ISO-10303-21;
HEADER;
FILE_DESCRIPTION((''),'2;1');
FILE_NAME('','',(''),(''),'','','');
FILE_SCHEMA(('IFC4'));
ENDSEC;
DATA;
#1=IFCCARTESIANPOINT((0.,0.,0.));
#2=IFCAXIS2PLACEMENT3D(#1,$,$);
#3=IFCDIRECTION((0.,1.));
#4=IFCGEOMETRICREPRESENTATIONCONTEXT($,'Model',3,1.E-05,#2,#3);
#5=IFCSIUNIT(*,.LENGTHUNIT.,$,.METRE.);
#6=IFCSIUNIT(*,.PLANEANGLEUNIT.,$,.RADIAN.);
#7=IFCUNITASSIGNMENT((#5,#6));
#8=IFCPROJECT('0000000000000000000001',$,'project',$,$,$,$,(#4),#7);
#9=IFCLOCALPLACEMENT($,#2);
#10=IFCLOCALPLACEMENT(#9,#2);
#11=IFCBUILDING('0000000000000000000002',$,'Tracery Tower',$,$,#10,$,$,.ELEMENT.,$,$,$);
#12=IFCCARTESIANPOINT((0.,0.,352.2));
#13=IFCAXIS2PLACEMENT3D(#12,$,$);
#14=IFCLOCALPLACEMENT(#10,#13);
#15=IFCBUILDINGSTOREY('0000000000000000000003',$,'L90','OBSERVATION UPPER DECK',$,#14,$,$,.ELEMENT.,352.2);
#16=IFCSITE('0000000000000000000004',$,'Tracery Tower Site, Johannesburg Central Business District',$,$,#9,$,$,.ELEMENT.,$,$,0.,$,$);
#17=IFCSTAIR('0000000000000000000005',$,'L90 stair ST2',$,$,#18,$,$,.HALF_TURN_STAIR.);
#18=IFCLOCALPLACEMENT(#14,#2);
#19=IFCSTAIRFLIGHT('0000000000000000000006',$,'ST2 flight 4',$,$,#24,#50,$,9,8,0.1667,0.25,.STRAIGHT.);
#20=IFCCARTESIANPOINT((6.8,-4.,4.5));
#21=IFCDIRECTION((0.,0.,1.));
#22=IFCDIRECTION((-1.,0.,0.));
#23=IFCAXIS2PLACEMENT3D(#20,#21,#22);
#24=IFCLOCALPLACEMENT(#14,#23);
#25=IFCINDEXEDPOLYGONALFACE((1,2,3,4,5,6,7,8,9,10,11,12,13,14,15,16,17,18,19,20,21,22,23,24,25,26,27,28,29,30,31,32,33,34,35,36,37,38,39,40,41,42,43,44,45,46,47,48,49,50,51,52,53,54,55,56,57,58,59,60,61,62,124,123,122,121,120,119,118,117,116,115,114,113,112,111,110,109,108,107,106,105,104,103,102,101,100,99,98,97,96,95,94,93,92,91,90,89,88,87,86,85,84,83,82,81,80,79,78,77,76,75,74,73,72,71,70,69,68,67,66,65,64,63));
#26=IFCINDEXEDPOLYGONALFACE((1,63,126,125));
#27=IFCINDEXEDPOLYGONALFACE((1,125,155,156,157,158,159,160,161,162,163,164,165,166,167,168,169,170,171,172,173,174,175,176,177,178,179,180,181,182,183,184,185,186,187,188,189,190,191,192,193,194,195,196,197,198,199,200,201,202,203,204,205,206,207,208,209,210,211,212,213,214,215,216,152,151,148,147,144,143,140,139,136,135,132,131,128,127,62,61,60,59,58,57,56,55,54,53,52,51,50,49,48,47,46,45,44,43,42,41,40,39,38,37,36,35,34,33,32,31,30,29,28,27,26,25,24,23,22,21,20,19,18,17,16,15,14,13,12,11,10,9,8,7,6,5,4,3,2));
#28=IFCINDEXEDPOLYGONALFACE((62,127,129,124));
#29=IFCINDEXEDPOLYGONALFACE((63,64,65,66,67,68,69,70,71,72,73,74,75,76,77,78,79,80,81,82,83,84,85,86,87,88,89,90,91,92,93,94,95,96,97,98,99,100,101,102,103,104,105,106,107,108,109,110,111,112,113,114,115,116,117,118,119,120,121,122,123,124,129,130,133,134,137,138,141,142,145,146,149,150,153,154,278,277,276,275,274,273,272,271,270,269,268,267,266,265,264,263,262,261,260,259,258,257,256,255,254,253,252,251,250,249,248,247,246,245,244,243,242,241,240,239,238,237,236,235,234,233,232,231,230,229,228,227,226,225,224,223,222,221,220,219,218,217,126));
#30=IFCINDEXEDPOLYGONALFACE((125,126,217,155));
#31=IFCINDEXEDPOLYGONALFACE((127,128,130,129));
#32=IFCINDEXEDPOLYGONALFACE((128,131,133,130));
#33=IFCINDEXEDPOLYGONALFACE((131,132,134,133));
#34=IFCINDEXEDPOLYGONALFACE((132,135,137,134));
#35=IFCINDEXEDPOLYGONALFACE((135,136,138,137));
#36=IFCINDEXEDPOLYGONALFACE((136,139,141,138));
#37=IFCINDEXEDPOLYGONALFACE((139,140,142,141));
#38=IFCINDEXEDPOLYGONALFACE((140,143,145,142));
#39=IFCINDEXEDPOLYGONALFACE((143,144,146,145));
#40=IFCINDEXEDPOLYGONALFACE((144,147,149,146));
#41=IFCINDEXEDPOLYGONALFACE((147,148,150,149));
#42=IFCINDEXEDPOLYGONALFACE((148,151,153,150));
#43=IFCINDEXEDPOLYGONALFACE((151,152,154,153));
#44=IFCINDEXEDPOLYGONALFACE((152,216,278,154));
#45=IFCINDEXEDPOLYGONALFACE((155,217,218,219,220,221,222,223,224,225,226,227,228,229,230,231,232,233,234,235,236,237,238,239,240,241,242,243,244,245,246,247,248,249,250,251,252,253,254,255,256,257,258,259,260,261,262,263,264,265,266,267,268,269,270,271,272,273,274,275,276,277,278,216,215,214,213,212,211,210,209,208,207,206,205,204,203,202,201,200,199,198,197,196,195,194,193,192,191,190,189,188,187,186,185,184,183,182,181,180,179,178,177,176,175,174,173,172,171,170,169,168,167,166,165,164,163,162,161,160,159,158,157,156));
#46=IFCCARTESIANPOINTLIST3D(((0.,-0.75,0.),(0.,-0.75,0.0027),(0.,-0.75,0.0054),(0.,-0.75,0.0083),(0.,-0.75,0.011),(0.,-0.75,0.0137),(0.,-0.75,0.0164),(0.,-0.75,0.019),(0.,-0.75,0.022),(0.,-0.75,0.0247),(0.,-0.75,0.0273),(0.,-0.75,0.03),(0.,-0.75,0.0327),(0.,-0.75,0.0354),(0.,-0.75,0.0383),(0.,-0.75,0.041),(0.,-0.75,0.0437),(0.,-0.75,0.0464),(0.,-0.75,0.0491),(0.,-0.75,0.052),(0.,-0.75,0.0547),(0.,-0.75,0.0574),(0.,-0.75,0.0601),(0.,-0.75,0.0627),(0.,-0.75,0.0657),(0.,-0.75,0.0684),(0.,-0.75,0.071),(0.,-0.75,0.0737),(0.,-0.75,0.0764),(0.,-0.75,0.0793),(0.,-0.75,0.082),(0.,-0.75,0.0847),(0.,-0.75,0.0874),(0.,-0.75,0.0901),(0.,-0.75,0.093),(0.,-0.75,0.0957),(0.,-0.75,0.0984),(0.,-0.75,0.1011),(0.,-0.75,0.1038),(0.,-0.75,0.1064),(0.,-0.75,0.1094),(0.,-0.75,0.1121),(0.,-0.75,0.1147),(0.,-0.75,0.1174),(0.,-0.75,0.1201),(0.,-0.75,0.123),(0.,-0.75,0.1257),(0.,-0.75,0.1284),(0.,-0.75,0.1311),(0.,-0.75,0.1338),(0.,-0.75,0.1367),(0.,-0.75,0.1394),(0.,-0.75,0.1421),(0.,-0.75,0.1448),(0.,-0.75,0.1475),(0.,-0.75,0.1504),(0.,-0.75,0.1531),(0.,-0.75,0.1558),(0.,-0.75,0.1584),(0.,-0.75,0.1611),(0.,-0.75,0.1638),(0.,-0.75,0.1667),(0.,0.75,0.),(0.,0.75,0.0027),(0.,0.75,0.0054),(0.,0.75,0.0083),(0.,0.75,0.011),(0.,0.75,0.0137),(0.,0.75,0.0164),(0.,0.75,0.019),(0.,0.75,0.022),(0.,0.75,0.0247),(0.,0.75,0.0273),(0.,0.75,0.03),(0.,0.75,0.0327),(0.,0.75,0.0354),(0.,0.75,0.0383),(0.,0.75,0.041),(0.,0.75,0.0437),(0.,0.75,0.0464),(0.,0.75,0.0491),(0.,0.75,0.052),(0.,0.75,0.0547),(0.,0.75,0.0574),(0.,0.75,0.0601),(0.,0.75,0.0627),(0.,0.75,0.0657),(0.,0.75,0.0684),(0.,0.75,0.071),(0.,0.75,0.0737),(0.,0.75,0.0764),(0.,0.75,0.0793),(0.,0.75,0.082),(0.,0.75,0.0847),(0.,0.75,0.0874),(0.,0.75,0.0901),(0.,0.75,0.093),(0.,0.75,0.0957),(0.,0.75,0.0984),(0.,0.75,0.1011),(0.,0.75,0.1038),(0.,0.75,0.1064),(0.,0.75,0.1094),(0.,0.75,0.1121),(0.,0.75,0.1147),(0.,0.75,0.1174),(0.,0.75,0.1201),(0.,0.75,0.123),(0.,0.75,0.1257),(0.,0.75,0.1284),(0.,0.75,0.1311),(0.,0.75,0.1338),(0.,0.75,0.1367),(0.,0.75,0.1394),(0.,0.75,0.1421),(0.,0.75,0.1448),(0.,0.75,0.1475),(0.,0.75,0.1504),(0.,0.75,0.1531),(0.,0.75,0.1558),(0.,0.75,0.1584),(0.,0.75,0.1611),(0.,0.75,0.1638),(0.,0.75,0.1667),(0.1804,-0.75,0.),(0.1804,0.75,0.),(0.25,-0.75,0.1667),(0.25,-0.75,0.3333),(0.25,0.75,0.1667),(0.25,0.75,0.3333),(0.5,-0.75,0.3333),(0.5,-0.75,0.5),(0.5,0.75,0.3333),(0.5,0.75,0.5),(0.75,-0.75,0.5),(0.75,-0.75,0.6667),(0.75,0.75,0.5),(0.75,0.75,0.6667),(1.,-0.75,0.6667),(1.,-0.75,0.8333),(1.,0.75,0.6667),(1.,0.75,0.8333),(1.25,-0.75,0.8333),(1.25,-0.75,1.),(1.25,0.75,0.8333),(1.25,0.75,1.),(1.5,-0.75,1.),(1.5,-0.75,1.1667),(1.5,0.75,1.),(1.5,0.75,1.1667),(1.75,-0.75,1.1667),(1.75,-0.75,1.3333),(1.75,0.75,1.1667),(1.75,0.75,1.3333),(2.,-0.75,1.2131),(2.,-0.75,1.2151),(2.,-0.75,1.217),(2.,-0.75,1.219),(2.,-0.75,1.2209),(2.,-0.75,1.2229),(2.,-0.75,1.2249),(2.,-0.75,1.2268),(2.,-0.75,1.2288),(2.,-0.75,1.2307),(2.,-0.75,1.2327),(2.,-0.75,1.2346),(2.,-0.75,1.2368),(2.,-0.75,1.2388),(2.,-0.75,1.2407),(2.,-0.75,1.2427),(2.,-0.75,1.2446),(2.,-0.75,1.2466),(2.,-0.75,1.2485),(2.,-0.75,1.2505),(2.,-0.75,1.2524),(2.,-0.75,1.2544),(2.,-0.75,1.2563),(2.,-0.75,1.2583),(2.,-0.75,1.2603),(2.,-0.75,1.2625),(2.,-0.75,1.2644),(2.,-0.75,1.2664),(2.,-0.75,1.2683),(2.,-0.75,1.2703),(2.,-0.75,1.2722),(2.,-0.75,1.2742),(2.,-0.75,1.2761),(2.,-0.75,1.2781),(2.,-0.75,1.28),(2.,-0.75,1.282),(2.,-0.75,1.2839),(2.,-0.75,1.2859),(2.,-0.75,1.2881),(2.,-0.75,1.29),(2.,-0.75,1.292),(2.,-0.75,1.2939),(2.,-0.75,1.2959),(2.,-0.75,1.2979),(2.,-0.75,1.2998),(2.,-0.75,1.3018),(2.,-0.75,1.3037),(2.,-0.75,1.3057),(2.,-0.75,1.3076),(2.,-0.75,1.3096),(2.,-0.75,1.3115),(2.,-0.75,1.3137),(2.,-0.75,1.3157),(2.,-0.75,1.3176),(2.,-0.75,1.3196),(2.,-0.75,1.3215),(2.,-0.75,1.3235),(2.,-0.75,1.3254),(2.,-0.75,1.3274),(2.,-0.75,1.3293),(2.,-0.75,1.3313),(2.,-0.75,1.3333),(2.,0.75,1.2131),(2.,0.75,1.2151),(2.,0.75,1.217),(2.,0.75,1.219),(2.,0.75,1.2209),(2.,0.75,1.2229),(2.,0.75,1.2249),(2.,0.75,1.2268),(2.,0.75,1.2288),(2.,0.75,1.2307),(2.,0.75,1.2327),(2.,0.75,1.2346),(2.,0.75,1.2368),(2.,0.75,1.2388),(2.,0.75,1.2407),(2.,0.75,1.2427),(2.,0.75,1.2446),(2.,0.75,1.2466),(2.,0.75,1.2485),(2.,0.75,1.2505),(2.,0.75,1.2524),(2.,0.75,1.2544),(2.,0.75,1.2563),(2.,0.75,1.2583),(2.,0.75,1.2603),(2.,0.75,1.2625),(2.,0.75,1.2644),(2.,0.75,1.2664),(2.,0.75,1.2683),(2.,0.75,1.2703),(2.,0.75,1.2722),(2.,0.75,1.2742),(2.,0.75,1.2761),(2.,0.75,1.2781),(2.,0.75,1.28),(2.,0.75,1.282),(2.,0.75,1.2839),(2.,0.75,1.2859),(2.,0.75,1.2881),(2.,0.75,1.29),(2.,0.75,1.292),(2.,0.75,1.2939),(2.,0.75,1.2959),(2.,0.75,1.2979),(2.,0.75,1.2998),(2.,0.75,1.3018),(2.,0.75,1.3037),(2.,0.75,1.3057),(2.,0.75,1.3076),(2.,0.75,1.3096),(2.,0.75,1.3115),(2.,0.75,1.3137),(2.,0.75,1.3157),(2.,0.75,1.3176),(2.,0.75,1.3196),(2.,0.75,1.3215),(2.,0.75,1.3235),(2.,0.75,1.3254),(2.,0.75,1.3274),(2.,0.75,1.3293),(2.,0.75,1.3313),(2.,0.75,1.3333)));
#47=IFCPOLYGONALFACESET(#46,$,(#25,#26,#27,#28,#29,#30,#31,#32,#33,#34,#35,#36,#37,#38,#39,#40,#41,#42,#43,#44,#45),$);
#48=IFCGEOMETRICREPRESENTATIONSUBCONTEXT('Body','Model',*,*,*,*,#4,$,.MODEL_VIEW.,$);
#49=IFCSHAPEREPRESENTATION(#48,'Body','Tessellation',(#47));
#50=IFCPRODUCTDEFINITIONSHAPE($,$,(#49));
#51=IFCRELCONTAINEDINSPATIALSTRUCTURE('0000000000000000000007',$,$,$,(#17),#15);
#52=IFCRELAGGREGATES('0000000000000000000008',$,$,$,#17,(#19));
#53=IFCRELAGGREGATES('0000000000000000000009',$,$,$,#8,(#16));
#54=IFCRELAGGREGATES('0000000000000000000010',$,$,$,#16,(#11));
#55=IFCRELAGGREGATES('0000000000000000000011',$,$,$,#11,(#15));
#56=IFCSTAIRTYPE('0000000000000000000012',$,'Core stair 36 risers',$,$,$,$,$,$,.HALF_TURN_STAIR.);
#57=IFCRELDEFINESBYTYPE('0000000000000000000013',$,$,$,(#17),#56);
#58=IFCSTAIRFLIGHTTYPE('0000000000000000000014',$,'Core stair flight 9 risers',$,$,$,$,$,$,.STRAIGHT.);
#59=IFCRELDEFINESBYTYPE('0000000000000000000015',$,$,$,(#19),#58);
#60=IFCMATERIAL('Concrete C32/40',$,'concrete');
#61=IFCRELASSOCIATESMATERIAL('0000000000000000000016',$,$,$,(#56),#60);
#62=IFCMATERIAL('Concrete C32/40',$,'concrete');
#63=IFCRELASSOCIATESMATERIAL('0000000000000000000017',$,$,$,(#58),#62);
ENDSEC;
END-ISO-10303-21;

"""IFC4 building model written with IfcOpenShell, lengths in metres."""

from ifc_helpers import new_model, si_unit, direction, frame, origin, place, context, subcontext, project, spatial, polyline, outline, extrude, material, type_object, element, aggregate, save


model = new_model("IFC4")

# Units and contexts
model_context = context("Model", 3, precision=1e-05, world=origin(), true_north=direction((0.0, 1.0)))
body_context = subcontext(model_context, "Body", "Model", "MODEL_VIEW")
ifc_project = project(units=[si_unit("LENGTHUNIT", "METRE"), si_unit("PLANEANGLEUNIT", "RADIAN")], contexts=[model_context])

# Site, building, storey
site_placement = place(None, origin())
site = spatial("IfcSite", under=ifc_project, at=site_placement, Name="Tracery Tower Site, Johannesburg Central Business District", CompositionType="ELEMENT", RefElevation=0.0)
building_placement = place(site_placement, origin())
building = spatial("IfcBuilding", under=site, at=building_placement, Name="Tracery Tower", CompositionType="ELEMENT")
storey_placement = place(building_placement, frame((0.0, 0.0, 352.2)))
storey = spatial("IfcBuildingStorey", under=building, at=storey_placement, Name="L90", Description="OBSERVATION UPPER DECK", CompositionType="ELEMENT", Elevation=352.2)

# Stair, stair flight
ifc_material_1 = material(Name="Concrete C32/40", Category="concrete")
stair_type = type_object("IfcStairType", Name="Core stair 36 risers", PredefinedType="HALF_TURN_STAIR", material=ifc_material_1)
stair_placement = place(storey_placement, origin())
stair = element("IfcStair", 1, at=stair_placement, inside=storey, type_object=stair_type, Name="L90 stair ST2", PredefinedType="HALF_TURN_STAIR")
ifc_material_2 = material(Name="Concrete C32/40", Category="concrete")
stair_flight_type = type_object("IfcStairFlightType", Name="Core stair flight 9 risers", PredefinedType="STRAIGHT", material=ifc_material_2)
stair_flight_1_placement = place(storey_placement, frame((6.8, -4.0, 4.5), z_axis=(0.0, 0.0, 1.0), x_axis=(-1.0, 0.0, 0.0)))
stair_flight_1 = element("IfcStairFlight", 2, at=stair_flight_1_placement, type_object=stair_flight_type, Name="ST2 flight 4", NumberOfRisers=9, NumberOfTreads=8, PredefinedType="STRAIGHT", RiserHeight=0.1667, TreadLength=0.25, context=body_context, shape_type="SweptSolid", body=[
    extrude(outline(polyline([(0.0, 0.0), (0.0, 0.0027), (0.0, 0.0054), (0.0, 0.0083), (0.0, 0.011), (0.0, 0.0137), (0.0, 0.0164), (0.0, 0.019), (0.0, 0.022), (0.0, 0.0247), (0.0, 0.0273), (0.0, 0.03), (0.0, 0.0327), (0.0, 0.0354), (0.0, 0.0383), (0.0, 0.041), (0.0, 0.0437), (0.0, 0.0464), (0.0, 0.0491), (0.0, 0.052), (0.0, 0.0547), (0.0, 0.0574), (0.0, 0.0601), (0.0, 0.0627), (0.0, 0.0657), (0.0, 0.0684), (0.0, 0.071), (0.0, 0.0737), (0.0, 0.0764), (0.0, 0.0793), (0.0, 0.082), (0.0, 0.0847), (0.0, 0.0874), (0.0, 0.0901), (0.0, 0.093), (0.0, 0.0957), (0.0, 0.0984), (0.0, 0.1011), (0.0, 0.1038), (0.0, 0.1064), (0.0, 0.1094), (0.0, 0.1121), (0.0, 0.1147), (0.0, 0.1174), (0.0, 0.1201), (0.0, 0.123), (0.0, 0.1257), (0.0, 0.1284), (0.0, 0.1311), (0.0, 0.1338), (0.0, 0.1367), (0.0, 0.1394), (0.0, 0.1421), (0.0, 0.1448), (0.0, 0.1475), (0.0, 0.1504), (0.0, 0.1531), (0.0, 0.1558), (0.0, 0.1584), (0.0, 0.1611), (0.0, 0.1638), (0.0, 0.1667), (0.25, 0.1667), (0.25, 0.3333), (0.5, 0.3333), (0.5, 0.5), (0.75, 0.5), (0.75, 0.6667), (1.0, 0.6667), (1.0, 0.8333), (1.25, 0.8333), (1.25, 1.0), (1.5, 1.0), (1.5, 1.1667), (1.75, 1.1667), (1.75, 1.3333), (2.0, 1.3333), (2.0, 1.3313), (2.0, 1.3293), (2.0, 1.3274), (2.0, 1.3254), (2.0, 1.3235), (2.0, 1.3215), (2.0, 1.3196), (2.0, 1.3176), (2.0, 1.3157), (2.0, 1.3137), (2.0, 1.3115), (2.0, 1.3096), (2.0, 1.3076), (2.0, 1.3057), (2.0, 1.3037), (2.0, 1.3018), (2.0, 1.2998), (2.0, 1.2979), (2.0, 1.2959), (2.0, 1.2939), (2.0, 1.292), (2.0, 1.29), (2.0, 1.2881), (2.0, 1.2859), (2.0, 1.2839), (2.0, 1.282), (2.0, 1.28), (2.0, 1.2781), (2.0, 1.2761), (2.0, 1.2742), (2.0, 1.2722), (2.0, 1.2703), (2.0, 1.2683), (2.0, 1.2664), (2.0, 1.2644), (2.0, 1.2625), (2.0, 1.2603), (2.0, 1.2583), (2.0, 1.2563), (2.0, 1.2544), (2.0, 1.2524), (2.0, 1.2505), (2.0, 1.2485), (2.0, 1.2466), (2.0, 1.2446), (2.0, 1.2427), (2.0, 1.2407), (2.0, 1.2388), (2.0, 1.2368), (2.0, 1.2346), (2.0, 1.2327), (2.0, 1.2307), (2.0, 1.2288), (2.0, 1.2268), (2.0, 1.2249), (2.0, 1.2229), (2.0, 1.2209), (2.0, 1.219), (2.0, 1.217), (2.0, 1.2151), (2.0, 1.2131), (0.1804, 0.0), (0.0, 0.0)])), frame((0.0, 0.75, 0.0), z_axis=(0.0, -1.0, 0.0), x_axis=(1.0, 0.0, 0.0)), (0.0, 0.0, 1.0), 1.5),
])
aggregate(stair, [stair_flight_1])

save(model, "model.ifc")
